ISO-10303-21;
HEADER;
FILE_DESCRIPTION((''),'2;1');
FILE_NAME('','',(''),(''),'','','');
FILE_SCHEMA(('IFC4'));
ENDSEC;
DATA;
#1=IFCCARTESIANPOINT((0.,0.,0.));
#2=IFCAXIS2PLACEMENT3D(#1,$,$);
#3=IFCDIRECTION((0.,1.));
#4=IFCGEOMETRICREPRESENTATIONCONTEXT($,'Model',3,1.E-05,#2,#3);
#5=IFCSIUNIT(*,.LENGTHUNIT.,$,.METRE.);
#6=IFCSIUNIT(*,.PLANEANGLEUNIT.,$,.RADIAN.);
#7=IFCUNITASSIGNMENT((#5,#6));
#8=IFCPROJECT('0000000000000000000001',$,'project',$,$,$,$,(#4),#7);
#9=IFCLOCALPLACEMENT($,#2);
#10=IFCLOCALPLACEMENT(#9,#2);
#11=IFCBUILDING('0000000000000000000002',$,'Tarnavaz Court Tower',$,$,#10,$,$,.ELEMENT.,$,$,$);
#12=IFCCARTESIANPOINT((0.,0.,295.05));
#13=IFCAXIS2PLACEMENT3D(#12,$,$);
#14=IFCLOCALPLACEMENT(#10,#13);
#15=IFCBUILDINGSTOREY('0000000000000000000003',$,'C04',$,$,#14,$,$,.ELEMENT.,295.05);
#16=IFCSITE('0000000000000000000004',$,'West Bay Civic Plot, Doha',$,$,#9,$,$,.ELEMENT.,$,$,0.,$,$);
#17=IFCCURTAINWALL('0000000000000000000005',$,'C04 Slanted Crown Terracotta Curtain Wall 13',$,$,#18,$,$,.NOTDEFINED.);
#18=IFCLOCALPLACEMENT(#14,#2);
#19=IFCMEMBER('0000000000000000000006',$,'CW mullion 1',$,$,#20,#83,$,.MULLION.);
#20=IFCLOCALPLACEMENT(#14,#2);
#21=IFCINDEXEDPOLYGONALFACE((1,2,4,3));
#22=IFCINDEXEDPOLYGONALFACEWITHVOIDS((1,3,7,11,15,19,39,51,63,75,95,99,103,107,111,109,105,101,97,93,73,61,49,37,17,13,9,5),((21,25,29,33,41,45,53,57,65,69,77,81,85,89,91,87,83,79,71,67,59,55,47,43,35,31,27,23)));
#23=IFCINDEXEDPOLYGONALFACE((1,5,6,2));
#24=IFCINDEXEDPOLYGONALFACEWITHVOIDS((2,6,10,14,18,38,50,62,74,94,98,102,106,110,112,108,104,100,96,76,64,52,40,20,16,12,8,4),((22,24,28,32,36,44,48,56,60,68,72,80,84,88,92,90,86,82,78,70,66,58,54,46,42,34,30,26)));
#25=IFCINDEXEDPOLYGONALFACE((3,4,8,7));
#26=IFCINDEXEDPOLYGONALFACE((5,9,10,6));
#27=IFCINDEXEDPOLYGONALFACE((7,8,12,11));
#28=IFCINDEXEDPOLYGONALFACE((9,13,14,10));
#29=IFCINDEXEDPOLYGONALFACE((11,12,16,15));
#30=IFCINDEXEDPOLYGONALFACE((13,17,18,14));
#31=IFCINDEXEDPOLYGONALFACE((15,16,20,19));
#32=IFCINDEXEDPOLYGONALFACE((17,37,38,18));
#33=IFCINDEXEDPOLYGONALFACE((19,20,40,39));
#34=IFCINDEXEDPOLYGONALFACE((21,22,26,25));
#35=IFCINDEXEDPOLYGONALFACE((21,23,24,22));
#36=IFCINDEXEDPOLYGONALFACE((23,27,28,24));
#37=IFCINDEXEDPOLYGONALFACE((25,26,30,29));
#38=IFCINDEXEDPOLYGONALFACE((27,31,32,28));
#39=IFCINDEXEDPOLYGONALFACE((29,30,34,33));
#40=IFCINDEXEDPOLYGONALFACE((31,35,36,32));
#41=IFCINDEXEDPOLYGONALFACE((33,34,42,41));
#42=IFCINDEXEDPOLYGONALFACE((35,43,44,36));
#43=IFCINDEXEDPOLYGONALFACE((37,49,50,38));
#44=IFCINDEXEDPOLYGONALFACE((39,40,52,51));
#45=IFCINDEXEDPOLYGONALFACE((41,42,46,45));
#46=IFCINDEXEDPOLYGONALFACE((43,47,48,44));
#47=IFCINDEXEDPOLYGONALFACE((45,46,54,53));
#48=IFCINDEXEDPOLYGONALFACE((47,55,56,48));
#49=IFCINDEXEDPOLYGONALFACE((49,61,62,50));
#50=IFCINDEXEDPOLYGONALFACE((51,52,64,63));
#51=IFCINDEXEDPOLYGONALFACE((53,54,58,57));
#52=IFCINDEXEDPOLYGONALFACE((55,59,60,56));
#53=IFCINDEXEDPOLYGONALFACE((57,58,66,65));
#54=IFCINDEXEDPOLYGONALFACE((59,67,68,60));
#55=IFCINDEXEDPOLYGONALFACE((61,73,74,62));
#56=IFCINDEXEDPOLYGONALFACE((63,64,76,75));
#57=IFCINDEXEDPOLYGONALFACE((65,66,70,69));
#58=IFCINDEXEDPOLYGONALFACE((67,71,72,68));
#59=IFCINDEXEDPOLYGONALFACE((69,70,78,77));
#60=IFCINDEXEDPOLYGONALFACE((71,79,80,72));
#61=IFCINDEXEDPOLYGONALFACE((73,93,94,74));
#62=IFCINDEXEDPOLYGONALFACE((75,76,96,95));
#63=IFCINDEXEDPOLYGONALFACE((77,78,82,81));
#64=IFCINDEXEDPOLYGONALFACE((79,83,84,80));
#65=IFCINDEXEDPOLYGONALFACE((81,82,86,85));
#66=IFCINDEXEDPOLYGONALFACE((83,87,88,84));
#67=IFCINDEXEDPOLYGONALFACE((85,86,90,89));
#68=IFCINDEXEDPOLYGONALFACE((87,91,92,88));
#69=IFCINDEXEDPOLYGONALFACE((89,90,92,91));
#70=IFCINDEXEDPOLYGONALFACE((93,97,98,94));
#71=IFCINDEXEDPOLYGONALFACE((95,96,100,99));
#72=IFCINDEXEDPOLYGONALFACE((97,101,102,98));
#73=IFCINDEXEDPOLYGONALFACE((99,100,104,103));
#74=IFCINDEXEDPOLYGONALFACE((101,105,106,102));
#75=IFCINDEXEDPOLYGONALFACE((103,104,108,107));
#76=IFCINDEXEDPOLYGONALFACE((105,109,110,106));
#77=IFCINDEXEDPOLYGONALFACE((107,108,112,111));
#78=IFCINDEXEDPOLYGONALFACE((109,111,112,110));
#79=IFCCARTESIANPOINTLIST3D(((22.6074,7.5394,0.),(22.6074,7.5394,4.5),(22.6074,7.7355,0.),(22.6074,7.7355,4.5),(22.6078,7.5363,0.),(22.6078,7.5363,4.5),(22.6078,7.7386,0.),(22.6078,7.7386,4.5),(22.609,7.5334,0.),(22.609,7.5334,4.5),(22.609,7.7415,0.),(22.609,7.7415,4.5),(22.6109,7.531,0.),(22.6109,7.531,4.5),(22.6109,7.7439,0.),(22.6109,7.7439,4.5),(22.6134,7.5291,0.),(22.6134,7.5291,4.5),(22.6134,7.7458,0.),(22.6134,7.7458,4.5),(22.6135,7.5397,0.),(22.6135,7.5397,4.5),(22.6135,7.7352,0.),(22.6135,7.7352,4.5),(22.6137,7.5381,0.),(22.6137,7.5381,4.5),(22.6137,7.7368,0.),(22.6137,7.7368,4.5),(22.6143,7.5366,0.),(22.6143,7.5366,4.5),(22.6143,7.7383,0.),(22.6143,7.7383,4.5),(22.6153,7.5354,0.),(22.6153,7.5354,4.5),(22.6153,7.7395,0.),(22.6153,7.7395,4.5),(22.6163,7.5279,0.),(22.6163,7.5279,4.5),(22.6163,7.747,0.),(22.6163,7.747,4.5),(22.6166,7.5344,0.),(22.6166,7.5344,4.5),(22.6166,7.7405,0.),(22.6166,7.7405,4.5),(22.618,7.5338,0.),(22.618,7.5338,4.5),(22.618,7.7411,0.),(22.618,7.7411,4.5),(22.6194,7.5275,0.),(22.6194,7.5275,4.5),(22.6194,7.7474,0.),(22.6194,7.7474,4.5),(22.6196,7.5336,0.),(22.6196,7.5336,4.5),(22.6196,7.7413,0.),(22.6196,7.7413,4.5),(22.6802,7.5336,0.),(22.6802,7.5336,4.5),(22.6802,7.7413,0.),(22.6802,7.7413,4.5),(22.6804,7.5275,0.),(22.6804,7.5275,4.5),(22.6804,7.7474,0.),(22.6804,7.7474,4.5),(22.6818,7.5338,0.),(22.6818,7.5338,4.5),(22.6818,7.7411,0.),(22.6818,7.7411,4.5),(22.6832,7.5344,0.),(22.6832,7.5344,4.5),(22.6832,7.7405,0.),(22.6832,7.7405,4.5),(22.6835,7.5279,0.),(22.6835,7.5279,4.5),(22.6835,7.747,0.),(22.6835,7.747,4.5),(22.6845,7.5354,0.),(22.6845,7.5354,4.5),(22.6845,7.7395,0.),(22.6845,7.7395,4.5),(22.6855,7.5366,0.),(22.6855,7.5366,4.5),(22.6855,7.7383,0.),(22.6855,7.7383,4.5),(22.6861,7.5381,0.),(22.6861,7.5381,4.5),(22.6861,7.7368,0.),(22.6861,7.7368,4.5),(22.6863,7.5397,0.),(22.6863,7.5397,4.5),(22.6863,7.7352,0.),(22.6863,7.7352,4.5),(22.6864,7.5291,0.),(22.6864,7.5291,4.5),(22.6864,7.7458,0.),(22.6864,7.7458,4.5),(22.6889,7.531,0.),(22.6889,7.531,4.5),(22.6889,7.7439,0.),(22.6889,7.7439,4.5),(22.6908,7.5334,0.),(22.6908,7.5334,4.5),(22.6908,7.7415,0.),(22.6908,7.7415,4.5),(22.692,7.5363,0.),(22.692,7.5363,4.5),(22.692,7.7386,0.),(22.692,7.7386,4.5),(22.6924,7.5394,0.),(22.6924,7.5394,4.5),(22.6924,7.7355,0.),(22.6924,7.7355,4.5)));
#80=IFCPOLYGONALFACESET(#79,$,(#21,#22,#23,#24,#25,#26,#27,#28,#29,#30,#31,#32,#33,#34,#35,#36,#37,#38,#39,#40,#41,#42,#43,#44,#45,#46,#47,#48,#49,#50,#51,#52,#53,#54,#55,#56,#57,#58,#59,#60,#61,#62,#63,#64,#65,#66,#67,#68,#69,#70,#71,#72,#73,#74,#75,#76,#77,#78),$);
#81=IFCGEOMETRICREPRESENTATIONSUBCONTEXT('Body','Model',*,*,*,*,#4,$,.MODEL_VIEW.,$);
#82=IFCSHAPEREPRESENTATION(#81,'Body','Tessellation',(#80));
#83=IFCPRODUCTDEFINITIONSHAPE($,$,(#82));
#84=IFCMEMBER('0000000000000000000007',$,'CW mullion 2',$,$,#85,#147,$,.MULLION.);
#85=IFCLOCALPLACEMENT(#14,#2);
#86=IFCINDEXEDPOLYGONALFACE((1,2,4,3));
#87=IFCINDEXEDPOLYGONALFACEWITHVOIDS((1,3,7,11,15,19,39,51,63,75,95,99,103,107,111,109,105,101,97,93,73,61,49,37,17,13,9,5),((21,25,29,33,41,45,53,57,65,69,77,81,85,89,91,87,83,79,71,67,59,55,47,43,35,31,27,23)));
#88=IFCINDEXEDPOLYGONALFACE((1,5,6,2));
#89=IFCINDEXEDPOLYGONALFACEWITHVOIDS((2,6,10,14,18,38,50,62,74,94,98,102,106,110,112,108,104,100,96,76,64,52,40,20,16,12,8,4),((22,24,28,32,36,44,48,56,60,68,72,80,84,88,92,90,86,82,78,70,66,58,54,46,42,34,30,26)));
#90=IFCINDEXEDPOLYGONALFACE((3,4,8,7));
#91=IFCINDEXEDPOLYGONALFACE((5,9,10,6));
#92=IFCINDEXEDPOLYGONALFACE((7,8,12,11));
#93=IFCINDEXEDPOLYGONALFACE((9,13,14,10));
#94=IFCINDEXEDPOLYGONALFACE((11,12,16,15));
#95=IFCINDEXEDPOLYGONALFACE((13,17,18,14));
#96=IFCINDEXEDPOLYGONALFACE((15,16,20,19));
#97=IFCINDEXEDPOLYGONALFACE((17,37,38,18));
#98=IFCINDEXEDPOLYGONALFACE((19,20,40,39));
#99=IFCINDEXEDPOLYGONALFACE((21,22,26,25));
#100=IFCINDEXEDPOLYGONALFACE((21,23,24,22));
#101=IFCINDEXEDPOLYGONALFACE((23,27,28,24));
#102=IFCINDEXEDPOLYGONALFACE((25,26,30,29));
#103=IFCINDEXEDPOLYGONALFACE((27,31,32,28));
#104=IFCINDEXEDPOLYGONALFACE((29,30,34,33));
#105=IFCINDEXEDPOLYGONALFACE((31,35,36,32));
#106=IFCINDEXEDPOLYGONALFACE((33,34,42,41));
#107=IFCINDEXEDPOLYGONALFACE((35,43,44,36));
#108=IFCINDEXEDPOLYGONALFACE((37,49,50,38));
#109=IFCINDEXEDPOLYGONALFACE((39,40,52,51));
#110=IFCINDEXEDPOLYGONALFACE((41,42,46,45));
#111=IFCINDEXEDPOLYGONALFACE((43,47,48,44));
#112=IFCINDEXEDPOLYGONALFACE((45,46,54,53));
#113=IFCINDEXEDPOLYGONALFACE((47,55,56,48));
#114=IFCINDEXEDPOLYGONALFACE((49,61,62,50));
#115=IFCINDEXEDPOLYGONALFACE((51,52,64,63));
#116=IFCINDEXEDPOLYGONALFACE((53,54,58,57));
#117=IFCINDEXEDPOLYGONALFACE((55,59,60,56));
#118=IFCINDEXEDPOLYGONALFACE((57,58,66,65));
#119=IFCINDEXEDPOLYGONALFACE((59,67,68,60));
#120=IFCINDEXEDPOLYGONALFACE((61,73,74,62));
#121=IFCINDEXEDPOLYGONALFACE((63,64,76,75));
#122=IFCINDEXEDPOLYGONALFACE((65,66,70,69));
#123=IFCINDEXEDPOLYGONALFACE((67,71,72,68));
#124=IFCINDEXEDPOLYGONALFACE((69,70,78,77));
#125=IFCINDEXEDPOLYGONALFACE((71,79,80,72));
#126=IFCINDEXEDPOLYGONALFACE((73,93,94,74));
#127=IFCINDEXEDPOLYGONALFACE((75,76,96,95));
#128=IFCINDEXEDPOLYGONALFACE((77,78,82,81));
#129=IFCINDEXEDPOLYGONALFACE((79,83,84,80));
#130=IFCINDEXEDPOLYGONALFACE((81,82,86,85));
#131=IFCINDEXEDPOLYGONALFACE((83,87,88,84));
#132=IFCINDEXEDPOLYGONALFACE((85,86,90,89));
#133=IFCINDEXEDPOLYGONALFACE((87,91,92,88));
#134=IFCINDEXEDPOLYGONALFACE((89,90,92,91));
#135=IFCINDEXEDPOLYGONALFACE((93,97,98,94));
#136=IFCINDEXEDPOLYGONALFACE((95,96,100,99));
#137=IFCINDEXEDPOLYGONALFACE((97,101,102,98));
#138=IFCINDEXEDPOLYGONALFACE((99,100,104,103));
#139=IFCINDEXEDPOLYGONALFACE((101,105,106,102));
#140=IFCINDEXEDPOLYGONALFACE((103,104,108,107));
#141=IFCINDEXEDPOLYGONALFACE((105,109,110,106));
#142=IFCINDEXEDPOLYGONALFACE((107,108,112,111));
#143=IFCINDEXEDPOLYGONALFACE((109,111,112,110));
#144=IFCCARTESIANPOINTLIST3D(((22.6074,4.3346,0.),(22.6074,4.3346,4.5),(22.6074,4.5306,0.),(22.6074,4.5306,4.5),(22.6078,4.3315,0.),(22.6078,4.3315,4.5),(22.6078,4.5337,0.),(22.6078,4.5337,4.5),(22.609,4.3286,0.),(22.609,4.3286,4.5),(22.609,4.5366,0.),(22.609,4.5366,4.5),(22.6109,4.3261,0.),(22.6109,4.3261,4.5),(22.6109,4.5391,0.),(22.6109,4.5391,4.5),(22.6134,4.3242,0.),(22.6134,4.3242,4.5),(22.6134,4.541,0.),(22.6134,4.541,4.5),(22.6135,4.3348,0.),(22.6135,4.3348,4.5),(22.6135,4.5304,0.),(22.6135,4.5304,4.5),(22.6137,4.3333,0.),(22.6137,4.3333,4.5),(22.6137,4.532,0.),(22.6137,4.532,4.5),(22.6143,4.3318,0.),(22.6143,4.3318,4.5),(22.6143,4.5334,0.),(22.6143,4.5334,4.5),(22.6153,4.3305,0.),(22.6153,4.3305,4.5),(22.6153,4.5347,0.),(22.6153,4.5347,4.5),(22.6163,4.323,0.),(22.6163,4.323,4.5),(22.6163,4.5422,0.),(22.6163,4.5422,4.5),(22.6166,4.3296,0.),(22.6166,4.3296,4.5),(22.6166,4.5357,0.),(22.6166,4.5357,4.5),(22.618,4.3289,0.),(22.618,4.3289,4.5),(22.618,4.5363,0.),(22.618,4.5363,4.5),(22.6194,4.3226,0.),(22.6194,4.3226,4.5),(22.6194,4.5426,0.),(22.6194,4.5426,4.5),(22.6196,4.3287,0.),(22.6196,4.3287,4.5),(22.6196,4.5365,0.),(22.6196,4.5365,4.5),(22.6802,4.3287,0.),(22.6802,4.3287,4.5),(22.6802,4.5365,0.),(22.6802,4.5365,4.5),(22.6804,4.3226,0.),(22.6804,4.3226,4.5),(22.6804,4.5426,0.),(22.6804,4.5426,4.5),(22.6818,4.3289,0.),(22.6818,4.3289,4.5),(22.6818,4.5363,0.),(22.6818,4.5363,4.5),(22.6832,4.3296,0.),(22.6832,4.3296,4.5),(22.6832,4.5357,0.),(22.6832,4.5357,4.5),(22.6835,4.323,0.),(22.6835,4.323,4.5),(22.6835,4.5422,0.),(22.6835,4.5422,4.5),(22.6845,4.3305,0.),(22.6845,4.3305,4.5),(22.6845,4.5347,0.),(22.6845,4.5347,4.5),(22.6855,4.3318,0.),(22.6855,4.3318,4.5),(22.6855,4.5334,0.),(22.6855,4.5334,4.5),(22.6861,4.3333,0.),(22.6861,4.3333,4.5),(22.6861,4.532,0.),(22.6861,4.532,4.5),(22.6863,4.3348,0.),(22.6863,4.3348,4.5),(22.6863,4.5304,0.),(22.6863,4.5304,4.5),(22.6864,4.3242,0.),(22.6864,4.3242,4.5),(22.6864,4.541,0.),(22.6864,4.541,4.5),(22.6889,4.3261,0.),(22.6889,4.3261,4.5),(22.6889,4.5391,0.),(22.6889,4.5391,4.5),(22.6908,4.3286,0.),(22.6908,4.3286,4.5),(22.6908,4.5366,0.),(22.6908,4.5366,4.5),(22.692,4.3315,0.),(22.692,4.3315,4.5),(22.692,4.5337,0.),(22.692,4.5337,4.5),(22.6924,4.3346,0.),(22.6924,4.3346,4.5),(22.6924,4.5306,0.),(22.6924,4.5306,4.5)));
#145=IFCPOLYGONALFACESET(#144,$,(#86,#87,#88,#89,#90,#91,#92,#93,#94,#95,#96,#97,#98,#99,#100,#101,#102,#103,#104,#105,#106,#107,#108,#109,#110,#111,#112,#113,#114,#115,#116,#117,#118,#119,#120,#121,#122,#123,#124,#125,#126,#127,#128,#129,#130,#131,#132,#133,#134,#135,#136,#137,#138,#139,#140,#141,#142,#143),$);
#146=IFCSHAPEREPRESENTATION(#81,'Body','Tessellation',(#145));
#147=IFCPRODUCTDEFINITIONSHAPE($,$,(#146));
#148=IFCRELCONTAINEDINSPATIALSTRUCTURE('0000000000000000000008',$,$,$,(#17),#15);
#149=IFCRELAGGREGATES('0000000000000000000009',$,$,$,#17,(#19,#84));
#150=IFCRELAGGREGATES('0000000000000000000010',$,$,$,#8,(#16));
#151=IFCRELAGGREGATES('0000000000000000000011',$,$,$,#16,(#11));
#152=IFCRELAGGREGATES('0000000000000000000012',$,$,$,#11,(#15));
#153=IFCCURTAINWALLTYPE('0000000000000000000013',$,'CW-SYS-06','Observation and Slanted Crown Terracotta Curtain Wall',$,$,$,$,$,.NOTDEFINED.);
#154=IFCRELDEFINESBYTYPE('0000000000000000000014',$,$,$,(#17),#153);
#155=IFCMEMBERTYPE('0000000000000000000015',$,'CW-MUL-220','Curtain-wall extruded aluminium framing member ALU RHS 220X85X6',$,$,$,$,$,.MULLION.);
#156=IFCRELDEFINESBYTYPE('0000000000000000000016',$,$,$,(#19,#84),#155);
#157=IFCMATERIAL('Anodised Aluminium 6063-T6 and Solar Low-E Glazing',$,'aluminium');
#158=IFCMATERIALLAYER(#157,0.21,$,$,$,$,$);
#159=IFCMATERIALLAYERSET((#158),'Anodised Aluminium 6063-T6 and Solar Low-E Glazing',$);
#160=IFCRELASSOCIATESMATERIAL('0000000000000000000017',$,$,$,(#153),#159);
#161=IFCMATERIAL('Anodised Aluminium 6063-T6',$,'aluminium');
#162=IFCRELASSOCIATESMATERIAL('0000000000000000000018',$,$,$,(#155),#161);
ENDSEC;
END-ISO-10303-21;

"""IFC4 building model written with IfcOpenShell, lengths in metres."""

from ifc_helpers import new_model, si_unit, direction, frame, origin, origin_2d, place, context, subcontext, project, spatial, hollow_rectangle, extrude, material, layer, layer_set, material_profile, profile_set, type_object, element, aggregate, save


model = new_model("IFC4")

# Units and contexts
model_context = context("Model", 3, precision=1e-05, world=origin(), true_north=direction((0.0, 1.0)))
body_context = subcontext(model_context, "Body", "Model", "MODEL_VIEW")
ifc_project = project(units=[si_unit("LENGTHUNIT", "METRE"), si_unit("PLANEANGLEUNIT", "RADIAN")], contexts=[model_context])

# Site, building, storey
site_placement = place(None, origin())
site = spatial("IfcSite", under=ifc_project, at=site_placement, Name="West Bay Civic Plot, Doha", CompositionType="ELEMENT", RefElevation=0.0)
building_placement = place(site_placement, origin())
building = spatial("IfcBuilding", under=site, at=building_placement, Name="Tarnavaz Court Tower", CompositionType="ELEMENT")
storey_placement = place(building_placement, frame((0.0, 0.0, 295.05)))
storey = spatial("IfcBuildingStorey", under=building, at=storey_placement, Name="C04", CompositionType="ELEMENT", Elevation=295.05)

# Shared definitions
ifc_material_1 = material(Name="Anodised Aluminium 6063-T6 and Solar Low-E Glazing", Category="aluminium")
ifc_layer_1 = layer(ifc_material_1, 0.21)
ifc_layer_set_1 = layer_set([ifc_layer_1], Name="Anodised Aluminium 6063-T6 and Solar Low-E Glazing")
curtain_wall_type = type_object("IfcCurtainWallType", Name="CW-SYS-06", Description="Observation and Slanted Crown Terracotta Curtain Wall", PredefinedType="NOTDEFINED", material=ifc_layer_set_1)
ifc_material_2 = material(Name="Anodised Aluminium 6063-T6", Category="aluminium")
ifc_material_profile_1 = material_profile(ifc_material_2, hollow_rectangle(XDim=0.085, YDim=0.22, WallThickness=0.0061, InnerFilletRadius=0.0061, OuterFilletRadius=0.012, at=origin_2d()), Name="ALU RHS 220X85X6")
ifc_profile_set_1 = profile_set([ifc_material_profile_1], Name="Anodised Aluminium 6063-T6")
member_type_1 = type_object("IfcMemberType", Name="CW-MUL-220", Description="Curtain-wall extruded aluminium framing member ALU RHS 220X85X6", PredefinedType="MULLION", material=ifc_profile_set_1)

# Curtain wall, members
curtain_wall_1_placement = place(storey_placement, origin())
curtain_wall_1 = element("IfcCurtainWall", 1, at=curtain_wall_1_placement, inside=storey, type_object=curtain_wall_type, Name="C04 Slanted Crown Terracotta Curtain Wall 13", PredefinedType="NOTDEFINED")
member_1_placement = place(storey_placement, frame((22.6499, 7.6375, 0.0), z_axis=(0.0, 0.0, 1.0), x_axis=(1.0, 0.0, 0.0)))
member_1 = element("IfcMember", 2, at=member_1_placement, type_object=member_type_1, Name="CW mullion 1", PredefinedType="MULLION", context=body_context, shape_type="SweptSolid", body=[
    extrude(hollow_rectangle(XDim=0.085, YDim=0.22, WallThickness=0.0061, InnerFilletRadius=0.0061, OuterFilletRadius=0.012, at=origin_2d()), origin(), (0.0, 0.0, 1.0), 4.5),
])
member_2_placement = place(storey_placement, frame((22.6499, 4.4326, 0.0), z_axis=(0.0, 0.0, 1.0), x_axis=(1.0, 0.0, 0.0)))
member_2 = element("IfcMember", 3, at=member_2_placement, type_object=member_type_1, Name="CW mullion 2", PredefinedType="MULLION", context=body_context, shape_type="SweptSolid", body=[
    extrude(hollow_rectangle(XDim=0.085, YDim=0.22, WallThickness=0.0061, InnerFilletRadius=0.0061, OuterFilletRadius=0.012, at=origin_2d()), origin(), (0.0, 0.0, 1.0), 4.5),
])

aggregate(curtain_wall_1, [member_1, member_2])

save(model, "model.ifc")
